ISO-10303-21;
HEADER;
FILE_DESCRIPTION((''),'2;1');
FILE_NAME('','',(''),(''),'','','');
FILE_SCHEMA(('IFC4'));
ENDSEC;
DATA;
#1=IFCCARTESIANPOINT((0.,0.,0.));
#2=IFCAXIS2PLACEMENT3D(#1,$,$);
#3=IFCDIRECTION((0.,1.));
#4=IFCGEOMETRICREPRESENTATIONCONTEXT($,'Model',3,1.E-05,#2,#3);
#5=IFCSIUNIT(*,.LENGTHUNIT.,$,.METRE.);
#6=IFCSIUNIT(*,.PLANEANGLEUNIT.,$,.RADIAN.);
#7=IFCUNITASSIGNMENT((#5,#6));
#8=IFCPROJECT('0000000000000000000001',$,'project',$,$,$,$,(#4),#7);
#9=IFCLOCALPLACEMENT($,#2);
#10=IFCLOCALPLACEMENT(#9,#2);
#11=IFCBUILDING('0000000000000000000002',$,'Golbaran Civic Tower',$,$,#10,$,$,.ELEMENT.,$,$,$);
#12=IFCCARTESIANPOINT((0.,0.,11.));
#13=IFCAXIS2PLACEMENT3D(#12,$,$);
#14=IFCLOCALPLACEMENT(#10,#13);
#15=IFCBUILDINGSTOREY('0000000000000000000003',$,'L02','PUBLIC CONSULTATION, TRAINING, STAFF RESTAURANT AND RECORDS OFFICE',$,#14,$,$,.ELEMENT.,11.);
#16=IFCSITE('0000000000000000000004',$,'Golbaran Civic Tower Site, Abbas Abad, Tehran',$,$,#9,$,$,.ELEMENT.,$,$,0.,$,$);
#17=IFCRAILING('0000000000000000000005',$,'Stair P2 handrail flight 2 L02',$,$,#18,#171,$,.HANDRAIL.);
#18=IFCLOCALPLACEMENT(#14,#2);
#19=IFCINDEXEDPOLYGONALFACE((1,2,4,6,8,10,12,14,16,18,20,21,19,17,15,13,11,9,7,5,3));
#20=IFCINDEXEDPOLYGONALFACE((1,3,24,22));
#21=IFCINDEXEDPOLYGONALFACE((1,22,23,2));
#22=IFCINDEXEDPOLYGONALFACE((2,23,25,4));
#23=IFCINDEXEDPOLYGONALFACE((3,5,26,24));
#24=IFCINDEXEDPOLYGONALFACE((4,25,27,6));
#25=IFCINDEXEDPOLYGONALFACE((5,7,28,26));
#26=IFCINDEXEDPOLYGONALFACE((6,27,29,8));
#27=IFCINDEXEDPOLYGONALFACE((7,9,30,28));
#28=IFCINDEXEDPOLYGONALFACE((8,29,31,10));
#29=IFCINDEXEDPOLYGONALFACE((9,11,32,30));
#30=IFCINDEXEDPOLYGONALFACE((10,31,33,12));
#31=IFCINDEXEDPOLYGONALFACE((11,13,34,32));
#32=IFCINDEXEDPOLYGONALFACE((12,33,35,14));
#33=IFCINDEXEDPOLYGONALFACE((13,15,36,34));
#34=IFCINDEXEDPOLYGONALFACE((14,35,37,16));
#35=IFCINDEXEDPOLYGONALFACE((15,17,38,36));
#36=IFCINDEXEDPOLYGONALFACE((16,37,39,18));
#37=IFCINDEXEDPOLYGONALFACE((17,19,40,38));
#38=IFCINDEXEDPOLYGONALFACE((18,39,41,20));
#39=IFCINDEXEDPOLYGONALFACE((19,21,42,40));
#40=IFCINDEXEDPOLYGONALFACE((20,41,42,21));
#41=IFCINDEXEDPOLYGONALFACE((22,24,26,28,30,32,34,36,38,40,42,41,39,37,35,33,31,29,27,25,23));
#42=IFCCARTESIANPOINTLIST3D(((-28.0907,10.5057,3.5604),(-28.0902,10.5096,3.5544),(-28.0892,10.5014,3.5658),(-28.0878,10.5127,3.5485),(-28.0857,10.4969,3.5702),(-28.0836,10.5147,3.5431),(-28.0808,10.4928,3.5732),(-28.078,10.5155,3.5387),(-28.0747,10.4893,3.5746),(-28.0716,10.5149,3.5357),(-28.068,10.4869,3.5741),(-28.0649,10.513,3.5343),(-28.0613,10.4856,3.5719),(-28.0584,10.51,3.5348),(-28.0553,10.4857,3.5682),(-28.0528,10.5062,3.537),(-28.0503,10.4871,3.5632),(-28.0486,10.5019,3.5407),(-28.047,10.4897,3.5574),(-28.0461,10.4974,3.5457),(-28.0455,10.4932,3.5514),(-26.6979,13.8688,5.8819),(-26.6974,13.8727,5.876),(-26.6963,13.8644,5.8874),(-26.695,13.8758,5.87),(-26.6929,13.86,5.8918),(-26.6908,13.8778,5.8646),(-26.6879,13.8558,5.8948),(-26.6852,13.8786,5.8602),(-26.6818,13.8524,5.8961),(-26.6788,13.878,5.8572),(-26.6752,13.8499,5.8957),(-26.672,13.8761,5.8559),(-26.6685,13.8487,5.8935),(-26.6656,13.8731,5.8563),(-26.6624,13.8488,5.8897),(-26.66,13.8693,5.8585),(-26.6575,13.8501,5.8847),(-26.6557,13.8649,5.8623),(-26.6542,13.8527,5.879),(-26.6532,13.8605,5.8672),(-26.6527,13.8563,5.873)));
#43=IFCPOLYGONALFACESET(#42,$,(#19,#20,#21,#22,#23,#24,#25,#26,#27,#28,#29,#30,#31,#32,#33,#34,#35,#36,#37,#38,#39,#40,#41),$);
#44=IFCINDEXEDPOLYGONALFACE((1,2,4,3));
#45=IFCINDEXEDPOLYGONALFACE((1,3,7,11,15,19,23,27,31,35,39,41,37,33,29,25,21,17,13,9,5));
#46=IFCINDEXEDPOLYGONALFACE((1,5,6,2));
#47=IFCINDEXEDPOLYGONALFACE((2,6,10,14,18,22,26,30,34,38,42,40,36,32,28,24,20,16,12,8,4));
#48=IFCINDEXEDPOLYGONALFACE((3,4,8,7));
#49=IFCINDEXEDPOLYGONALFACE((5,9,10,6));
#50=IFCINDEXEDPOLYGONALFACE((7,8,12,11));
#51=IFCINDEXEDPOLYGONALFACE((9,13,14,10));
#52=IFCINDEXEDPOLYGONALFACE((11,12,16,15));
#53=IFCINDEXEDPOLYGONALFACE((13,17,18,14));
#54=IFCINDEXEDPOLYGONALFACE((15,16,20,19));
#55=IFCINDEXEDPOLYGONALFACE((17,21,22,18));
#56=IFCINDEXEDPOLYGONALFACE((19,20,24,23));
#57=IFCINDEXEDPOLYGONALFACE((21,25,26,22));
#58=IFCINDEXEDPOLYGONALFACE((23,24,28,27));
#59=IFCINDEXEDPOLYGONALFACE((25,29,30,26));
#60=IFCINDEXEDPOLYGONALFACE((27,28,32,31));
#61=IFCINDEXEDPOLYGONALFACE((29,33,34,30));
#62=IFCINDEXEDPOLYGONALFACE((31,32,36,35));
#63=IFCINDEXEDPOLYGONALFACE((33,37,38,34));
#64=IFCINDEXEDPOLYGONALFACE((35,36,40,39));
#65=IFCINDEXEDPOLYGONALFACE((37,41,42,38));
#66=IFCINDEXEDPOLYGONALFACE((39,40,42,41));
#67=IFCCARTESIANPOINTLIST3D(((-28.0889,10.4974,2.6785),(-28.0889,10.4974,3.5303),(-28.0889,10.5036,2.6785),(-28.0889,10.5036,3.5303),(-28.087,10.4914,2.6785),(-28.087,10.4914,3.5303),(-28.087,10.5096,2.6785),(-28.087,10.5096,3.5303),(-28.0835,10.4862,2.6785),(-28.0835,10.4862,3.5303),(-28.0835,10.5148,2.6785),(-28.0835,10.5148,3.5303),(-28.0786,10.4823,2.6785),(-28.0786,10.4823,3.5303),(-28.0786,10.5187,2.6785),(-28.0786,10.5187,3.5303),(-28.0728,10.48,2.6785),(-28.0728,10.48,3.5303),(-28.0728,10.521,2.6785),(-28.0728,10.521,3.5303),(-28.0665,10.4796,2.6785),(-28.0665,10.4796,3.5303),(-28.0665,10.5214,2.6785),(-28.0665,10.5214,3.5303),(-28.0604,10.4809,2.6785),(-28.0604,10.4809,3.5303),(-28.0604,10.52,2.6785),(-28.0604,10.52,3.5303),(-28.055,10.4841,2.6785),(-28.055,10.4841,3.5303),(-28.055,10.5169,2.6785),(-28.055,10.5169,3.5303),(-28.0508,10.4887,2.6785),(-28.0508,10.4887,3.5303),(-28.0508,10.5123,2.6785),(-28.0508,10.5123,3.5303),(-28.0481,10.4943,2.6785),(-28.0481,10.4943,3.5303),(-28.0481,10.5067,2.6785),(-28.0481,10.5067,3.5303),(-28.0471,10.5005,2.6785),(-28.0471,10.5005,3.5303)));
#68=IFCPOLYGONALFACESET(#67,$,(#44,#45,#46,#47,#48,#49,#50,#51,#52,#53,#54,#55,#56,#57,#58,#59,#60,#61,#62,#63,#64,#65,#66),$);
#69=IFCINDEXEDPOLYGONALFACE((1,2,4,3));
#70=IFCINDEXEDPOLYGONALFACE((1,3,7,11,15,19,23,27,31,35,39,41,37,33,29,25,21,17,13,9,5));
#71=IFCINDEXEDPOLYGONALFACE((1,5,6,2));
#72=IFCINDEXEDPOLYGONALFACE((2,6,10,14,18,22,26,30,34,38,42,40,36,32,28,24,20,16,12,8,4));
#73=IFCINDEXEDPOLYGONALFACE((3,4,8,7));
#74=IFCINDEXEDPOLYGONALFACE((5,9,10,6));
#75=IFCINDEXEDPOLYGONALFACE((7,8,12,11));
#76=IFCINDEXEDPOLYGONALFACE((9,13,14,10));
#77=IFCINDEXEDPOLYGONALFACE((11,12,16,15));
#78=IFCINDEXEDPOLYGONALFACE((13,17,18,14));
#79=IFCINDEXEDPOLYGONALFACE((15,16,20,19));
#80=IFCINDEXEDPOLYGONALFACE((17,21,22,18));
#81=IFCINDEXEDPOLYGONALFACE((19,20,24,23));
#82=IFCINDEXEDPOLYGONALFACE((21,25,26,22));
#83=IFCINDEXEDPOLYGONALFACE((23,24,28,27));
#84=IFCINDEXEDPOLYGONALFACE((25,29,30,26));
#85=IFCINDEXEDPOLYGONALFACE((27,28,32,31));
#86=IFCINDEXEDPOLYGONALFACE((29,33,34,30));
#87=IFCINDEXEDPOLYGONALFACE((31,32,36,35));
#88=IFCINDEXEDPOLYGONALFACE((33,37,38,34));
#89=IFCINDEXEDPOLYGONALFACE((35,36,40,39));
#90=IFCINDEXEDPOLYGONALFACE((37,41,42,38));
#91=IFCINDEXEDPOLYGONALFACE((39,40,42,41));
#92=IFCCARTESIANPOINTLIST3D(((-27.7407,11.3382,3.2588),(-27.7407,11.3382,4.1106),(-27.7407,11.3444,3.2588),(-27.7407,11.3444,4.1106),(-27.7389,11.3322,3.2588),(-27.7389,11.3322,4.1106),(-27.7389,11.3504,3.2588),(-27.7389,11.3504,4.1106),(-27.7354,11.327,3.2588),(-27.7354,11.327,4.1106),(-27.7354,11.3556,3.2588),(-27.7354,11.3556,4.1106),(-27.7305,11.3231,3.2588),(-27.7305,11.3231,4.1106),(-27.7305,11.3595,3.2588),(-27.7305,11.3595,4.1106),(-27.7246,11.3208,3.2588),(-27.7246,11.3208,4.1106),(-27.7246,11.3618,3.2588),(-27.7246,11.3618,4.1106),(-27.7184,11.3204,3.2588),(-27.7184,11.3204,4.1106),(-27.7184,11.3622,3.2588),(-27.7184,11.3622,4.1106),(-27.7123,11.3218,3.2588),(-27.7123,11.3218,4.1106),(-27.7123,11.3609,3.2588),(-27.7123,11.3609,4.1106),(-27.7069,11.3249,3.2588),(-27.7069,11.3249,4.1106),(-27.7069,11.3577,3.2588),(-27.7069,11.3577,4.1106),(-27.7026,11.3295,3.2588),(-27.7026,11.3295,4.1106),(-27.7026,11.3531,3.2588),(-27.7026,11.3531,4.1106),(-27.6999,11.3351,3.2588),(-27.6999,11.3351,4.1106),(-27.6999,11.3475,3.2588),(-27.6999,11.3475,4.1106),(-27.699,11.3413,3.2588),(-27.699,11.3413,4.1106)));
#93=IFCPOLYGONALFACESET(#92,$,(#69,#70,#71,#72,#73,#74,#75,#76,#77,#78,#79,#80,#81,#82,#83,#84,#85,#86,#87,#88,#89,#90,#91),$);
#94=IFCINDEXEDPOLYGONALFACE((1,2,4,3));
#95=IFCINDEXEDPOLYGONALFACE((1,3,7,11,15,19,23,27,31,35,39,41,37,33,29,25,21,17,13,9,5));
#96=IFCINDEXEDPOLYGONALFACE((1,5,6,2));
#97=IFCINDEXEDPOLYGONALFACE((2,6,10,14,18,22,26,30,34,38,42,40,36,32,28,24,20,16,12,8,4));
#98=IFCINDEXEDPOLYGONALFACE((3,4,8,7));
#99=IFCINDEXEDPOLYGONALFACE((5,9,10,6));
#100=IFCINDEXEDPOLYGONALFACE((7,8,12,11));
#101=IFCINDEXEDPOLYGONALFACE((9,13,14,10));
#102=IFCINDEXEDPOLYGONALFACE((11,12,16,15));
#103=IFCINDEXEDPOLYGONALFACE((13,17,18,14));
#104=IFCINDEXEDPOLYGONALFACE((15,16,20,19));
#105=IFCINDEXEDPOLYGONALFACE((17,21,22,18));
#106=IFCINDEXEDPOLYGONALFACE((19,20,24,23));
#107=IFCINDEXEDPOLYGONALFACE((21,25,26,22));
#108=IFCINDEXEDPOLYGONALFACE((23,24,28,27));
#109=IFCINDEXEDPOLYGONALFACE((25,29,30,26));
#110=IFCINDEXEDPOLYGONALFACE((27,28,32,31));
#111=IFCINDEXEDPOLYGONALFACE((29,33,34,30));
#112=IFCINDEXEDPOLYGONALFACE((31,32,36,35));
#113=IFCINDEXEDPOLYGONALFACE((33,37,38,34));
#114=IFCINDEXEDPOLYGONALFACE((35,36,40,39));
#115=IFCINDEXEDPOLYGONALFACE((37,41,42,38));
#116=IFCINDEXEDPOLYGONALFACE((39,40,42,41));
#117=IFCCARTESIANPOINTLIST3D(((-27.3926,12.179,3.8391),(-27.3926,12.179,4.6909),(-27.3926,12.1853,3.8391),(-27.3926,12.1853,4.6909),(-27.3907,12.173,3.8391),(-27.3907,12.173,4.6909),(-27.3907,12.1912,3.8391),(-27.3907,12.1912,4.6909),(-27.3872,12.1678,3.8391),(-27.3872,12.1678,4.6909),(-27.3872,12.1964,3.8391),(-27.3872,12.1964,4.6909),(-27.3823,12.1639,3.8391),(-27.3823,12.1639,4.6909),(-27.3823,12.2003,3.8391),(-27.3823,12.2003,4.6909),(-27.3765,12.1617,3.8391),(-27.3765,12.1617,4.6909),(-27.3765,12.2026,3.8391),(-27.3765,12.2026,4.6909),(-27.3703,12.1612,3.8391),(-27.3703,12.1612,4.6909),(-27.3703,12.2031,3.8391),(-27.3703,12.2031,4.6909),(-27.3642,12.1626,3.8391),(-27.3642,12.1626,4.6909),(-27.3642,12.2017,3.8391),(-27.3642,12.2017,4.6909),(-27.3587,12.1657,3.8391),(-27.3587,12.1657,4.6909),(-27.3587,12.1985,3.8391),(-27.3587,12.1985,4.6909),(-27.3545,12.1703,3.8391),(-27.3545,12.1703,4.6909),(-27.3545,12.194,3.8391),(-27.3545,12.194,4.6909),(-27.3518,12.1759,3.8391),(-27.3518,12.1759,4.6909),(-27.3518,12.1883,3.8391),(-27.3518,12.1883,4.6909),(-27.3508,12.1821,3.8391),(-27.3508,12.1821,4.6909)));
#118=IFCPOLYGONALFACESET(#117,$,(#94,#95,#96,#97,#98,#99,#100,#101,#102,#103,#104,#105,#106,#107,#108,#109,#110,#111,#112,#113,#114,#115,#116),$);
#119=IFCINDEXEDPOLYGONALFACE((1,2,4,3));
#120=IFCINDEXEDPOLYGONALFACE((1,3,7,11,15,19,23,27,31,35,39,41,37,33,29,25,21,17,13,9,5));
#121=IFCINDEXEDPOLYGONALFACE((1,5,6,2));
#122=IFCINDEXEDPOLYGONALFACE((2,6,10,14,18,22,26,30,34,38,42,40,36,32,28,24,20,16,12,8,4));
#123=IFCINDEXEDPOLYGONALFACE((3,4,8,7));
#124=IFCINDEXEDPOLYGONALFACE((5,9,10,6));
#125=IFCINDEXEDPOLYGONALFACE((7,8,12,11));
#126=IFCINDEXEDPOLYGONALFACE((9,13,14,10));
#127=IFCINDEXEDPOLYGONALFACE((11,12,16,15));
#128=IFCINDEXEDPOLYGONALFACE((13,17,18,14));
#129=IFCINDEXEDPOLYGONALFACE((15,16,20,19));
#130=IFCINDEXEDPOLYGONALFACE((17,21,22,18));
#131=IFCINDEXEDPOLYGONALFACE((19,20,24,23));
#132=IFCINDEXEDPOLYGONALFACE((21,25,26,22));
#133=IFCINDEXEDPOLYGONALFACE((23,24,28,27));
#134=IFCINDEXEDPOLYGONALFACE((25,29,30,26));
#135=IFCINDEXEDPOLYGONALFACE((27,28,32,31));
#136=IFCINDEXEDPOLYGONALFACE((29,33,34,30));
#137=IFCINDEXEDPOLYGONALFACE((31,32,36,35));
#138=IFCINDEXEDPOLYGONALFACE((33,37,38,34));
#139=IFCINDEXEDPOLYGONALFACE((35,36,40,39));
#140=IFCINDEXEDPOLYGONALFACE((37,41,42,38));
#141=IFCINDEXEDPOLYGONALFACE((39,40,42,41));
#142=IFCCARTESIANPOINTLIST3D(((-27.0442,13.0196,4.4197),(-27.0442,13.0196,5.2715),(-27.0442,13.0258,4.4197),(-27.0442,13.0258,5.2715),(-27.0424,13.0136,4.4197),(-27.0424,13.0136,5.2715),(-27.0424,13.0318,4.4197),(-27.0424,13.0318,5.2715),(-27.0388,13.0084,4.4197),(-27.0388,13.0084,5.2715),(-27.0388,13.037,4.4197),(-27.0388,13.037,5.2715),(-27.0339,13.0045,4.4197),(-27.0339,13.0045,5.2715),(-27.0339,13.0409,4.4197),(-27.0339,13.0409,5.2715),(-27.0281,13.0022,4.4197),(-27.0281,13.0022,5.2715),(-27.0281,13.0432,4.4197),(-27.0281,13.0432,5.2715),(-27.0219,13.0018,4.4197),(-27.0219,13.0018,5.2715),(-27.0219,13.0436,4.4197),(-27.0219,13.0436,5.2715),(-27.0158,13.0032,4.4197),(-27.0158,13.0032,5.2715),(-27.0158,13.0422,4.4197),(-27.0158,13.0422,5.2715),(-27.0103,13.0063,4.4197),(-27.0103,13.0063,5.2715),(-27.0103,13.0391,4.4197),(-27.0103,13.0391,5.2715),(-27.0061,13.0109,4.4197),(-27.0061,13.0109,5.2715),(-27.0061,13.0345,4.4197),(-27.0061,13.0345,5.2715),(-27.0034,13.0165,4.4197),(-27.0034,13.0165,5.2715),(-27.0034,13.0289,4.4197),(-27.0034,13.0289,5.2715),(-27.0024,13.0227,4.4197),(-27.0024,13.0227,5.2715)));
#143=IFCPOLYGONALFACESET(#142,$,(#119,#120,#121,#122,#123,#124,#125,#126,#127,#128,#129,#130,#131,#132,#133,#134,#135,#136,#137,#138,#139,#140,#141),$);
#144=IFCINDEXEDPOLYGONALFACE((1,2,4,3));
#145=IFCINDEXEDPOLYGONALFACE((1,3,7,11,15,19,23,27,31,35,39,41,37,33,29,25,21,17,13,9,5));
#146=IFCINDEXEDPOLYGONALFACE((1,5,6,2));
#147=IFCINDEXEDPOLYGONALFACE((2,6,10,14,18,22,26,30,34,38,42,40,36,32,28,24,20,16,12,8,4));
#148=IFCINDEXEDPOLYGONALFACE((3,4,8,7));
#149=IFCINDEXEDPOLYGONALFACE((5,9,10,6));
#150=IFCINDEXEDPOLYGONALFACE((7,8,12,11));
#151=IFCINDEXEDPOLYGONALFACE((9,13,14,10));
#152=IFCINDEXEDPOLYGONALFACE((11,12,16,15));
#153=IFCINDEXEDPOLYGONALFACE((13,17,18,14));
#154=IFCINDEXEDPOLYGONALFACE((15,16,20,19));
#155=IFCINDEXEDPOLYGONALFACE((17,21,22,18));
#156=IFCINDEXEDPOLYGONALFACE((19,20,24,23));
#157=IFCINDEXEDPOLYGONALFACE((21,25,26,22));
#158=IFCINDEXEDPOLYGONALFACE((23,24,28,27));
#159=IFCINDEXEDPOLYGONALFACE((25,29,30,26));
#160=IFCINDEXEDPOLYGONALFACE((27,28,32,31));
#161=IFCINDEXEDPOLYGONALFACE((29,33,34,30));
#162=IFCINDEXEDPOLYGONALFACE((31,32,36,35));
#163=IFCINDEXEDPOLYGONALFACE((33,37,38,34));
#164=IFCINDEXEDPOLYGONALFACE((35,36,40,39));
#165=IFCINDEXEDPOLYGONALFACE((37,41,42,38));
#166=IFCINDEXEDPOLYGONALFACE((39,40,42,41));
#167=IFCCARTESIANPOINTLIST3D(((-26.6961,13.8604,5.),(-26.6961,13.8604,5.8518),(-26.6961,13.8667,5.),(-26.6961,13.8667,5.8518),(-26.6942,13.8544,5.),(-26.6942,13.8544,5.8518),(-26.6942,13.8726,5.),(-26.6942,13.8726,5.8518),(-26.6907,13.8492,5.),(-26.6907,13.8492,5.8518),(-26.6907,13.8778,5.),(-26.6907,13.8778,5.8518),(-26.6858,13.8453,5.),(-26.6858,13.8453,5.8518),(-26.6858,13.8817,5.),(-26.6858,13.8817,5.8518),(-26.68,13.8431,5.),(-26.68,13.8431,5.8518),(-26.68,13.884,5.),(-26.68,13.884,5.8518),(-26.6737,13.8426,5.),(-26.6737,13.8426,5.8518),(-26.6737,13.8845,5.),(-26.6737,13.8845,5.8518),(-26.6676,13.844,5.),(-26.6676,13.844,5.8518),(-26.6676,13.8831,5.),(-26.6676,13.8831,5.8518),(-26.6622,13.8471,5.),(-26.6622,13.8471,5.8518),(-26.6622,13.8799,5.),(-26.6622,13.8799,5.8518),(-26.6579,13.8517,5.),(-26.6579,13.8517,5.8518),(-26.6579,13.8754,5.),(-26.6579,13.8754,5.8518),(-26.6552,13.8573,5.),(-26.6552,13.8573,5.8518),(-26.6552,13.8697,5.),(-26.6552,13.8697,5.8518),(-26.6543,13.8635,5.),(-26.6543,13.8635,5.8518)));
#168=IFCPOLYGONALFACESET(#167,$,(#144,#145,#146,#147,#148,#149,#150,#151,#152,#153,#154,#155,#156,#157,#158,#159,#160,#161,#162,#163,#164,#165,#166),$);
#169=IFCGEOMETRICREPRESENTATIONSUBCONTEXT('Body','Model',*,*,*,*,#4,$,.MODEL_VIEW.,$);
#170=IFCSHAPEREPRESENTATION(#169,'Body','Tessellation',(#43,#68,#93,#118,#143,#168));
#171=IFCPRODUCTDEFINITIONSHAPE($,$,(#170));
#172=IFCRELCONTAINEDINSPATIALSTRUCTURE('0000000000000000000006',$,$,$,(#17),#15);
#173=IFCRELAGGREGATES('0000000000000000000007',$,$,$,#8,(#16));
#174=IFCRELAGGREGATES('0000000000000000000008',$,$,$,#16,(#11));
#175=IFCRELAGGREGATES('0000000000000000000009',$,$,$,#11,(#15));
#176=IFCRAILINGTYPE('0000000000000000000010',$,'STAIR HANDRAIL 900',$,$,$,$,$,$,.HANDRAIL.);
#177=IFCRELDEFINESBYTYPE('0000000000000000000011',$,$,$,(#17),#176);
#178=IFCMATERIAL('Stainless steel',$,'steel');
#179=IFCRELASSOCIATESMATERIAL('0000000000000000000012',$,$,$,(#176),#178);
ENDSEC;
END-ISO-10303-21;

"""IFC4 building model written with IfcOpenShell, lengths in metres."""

from ifc_helpers import new_model, si_unit, direction, frame, origin, origin_2d, place, context, subcontext, project, spatial, circle, extrude, material, type_object, element, save


model = new_model("IFC4")

# Units and contexts
model_context = context("Model", 3, precision=1e-05, world=origin(), true_north=direction((0.0, 1.0)))
body_context = subcontext(model_context, "Body", "Model", "MODEL_VIEW")
ifc_project = project(units=[si_unit("LENGTHUNIT", "METRE"), si_unit("PLANEANGLEUNIT", "RADIAN")], contexts=[model_context])

# Site, building, storey
site_placement = place(None, origin())
site = spatial("IfcSite", under=ifc_project, at=site_placement, Name="Golbaran Civic Tower Site, Abbas Abad, Tehran", CompositionType="ELEMENT", RefElevation=0.0)
building_placement = place(site_placement, origin())
building = spatial("IfcBuilding", under=site, at=building_placement, Name="Golbaran Civic Tower", CompositionType="ELEMENT")
storey_placement = place(building_placement, frame((0.0, 0.0, 11.0)))
storey = spatial("IfcBuildingStorey", under=building, at=storey_placement, Name="L02", Description="PUBLIC CONSULTATION, TRAINING, STAFF RESTAURANT AND RECORDS OFFICE", CompositionType="ELEMENT", Elevation=11.0)

# Railing
ifc_material_1 = material(Name="Stainless steel", Category="steel")
railing_type_1 = type_object("IfcRailingType", Name="STAIR HANDRAIL 900", PredefinedType="HANDRAIL", material=ifc_material_1)
railing_1_placement = place(storey_placement, frame((-28.0681, 10.5005, 2.6785)))
element("IfcRailing", 1, at=railing_1_placement, inside=storey, type_object=railing_type_1, Name="Stair P2 handrail flight 2 L02", PredefinedType="HANDRAIL", context=body_context, shape_type="SweptSolid", body=[
    extrude(circle(Radius=0.0239, at=origin_2d()), frame((0.0, 0.0, 0.876), z_axis=(0.322611, 0.778959, 0.537722), x_axis=(-0.923898, 0.382638, 0.0)), (0.0, 0.0, 1.0), 4.3174),
    extrude(circle(Radius=0.021, at=origin_2d()), origin(), (0.0, 0.0, 1.0), 0.8518),
    extrude(circle(Radius=0.021, at=origin_2d()), frame((0.3481, 0.8408, 0.5803)), (0.0, 0.0, 1.0), 0.8518),
    extrude(circle(Radius=0.021, at=origin_2d()), frame((0.6963, 1.6816, 1.1606)), (0.0, 0.0, 1.0), 0.8518),
    extrude(circle(Radius=0.021, at=origin_2d()), frame((1.0447, 2.5222, 1.7412)), (0.0, 0.0, 1.0), 0.8518),
    extrude(circle(Radius=0.021, at=origin_2d()), frame((1.3928, 3.363, 2.3215)), (0.0, 0.0, 1.0), 0.8518),
])

save(model, "model.ifc")
